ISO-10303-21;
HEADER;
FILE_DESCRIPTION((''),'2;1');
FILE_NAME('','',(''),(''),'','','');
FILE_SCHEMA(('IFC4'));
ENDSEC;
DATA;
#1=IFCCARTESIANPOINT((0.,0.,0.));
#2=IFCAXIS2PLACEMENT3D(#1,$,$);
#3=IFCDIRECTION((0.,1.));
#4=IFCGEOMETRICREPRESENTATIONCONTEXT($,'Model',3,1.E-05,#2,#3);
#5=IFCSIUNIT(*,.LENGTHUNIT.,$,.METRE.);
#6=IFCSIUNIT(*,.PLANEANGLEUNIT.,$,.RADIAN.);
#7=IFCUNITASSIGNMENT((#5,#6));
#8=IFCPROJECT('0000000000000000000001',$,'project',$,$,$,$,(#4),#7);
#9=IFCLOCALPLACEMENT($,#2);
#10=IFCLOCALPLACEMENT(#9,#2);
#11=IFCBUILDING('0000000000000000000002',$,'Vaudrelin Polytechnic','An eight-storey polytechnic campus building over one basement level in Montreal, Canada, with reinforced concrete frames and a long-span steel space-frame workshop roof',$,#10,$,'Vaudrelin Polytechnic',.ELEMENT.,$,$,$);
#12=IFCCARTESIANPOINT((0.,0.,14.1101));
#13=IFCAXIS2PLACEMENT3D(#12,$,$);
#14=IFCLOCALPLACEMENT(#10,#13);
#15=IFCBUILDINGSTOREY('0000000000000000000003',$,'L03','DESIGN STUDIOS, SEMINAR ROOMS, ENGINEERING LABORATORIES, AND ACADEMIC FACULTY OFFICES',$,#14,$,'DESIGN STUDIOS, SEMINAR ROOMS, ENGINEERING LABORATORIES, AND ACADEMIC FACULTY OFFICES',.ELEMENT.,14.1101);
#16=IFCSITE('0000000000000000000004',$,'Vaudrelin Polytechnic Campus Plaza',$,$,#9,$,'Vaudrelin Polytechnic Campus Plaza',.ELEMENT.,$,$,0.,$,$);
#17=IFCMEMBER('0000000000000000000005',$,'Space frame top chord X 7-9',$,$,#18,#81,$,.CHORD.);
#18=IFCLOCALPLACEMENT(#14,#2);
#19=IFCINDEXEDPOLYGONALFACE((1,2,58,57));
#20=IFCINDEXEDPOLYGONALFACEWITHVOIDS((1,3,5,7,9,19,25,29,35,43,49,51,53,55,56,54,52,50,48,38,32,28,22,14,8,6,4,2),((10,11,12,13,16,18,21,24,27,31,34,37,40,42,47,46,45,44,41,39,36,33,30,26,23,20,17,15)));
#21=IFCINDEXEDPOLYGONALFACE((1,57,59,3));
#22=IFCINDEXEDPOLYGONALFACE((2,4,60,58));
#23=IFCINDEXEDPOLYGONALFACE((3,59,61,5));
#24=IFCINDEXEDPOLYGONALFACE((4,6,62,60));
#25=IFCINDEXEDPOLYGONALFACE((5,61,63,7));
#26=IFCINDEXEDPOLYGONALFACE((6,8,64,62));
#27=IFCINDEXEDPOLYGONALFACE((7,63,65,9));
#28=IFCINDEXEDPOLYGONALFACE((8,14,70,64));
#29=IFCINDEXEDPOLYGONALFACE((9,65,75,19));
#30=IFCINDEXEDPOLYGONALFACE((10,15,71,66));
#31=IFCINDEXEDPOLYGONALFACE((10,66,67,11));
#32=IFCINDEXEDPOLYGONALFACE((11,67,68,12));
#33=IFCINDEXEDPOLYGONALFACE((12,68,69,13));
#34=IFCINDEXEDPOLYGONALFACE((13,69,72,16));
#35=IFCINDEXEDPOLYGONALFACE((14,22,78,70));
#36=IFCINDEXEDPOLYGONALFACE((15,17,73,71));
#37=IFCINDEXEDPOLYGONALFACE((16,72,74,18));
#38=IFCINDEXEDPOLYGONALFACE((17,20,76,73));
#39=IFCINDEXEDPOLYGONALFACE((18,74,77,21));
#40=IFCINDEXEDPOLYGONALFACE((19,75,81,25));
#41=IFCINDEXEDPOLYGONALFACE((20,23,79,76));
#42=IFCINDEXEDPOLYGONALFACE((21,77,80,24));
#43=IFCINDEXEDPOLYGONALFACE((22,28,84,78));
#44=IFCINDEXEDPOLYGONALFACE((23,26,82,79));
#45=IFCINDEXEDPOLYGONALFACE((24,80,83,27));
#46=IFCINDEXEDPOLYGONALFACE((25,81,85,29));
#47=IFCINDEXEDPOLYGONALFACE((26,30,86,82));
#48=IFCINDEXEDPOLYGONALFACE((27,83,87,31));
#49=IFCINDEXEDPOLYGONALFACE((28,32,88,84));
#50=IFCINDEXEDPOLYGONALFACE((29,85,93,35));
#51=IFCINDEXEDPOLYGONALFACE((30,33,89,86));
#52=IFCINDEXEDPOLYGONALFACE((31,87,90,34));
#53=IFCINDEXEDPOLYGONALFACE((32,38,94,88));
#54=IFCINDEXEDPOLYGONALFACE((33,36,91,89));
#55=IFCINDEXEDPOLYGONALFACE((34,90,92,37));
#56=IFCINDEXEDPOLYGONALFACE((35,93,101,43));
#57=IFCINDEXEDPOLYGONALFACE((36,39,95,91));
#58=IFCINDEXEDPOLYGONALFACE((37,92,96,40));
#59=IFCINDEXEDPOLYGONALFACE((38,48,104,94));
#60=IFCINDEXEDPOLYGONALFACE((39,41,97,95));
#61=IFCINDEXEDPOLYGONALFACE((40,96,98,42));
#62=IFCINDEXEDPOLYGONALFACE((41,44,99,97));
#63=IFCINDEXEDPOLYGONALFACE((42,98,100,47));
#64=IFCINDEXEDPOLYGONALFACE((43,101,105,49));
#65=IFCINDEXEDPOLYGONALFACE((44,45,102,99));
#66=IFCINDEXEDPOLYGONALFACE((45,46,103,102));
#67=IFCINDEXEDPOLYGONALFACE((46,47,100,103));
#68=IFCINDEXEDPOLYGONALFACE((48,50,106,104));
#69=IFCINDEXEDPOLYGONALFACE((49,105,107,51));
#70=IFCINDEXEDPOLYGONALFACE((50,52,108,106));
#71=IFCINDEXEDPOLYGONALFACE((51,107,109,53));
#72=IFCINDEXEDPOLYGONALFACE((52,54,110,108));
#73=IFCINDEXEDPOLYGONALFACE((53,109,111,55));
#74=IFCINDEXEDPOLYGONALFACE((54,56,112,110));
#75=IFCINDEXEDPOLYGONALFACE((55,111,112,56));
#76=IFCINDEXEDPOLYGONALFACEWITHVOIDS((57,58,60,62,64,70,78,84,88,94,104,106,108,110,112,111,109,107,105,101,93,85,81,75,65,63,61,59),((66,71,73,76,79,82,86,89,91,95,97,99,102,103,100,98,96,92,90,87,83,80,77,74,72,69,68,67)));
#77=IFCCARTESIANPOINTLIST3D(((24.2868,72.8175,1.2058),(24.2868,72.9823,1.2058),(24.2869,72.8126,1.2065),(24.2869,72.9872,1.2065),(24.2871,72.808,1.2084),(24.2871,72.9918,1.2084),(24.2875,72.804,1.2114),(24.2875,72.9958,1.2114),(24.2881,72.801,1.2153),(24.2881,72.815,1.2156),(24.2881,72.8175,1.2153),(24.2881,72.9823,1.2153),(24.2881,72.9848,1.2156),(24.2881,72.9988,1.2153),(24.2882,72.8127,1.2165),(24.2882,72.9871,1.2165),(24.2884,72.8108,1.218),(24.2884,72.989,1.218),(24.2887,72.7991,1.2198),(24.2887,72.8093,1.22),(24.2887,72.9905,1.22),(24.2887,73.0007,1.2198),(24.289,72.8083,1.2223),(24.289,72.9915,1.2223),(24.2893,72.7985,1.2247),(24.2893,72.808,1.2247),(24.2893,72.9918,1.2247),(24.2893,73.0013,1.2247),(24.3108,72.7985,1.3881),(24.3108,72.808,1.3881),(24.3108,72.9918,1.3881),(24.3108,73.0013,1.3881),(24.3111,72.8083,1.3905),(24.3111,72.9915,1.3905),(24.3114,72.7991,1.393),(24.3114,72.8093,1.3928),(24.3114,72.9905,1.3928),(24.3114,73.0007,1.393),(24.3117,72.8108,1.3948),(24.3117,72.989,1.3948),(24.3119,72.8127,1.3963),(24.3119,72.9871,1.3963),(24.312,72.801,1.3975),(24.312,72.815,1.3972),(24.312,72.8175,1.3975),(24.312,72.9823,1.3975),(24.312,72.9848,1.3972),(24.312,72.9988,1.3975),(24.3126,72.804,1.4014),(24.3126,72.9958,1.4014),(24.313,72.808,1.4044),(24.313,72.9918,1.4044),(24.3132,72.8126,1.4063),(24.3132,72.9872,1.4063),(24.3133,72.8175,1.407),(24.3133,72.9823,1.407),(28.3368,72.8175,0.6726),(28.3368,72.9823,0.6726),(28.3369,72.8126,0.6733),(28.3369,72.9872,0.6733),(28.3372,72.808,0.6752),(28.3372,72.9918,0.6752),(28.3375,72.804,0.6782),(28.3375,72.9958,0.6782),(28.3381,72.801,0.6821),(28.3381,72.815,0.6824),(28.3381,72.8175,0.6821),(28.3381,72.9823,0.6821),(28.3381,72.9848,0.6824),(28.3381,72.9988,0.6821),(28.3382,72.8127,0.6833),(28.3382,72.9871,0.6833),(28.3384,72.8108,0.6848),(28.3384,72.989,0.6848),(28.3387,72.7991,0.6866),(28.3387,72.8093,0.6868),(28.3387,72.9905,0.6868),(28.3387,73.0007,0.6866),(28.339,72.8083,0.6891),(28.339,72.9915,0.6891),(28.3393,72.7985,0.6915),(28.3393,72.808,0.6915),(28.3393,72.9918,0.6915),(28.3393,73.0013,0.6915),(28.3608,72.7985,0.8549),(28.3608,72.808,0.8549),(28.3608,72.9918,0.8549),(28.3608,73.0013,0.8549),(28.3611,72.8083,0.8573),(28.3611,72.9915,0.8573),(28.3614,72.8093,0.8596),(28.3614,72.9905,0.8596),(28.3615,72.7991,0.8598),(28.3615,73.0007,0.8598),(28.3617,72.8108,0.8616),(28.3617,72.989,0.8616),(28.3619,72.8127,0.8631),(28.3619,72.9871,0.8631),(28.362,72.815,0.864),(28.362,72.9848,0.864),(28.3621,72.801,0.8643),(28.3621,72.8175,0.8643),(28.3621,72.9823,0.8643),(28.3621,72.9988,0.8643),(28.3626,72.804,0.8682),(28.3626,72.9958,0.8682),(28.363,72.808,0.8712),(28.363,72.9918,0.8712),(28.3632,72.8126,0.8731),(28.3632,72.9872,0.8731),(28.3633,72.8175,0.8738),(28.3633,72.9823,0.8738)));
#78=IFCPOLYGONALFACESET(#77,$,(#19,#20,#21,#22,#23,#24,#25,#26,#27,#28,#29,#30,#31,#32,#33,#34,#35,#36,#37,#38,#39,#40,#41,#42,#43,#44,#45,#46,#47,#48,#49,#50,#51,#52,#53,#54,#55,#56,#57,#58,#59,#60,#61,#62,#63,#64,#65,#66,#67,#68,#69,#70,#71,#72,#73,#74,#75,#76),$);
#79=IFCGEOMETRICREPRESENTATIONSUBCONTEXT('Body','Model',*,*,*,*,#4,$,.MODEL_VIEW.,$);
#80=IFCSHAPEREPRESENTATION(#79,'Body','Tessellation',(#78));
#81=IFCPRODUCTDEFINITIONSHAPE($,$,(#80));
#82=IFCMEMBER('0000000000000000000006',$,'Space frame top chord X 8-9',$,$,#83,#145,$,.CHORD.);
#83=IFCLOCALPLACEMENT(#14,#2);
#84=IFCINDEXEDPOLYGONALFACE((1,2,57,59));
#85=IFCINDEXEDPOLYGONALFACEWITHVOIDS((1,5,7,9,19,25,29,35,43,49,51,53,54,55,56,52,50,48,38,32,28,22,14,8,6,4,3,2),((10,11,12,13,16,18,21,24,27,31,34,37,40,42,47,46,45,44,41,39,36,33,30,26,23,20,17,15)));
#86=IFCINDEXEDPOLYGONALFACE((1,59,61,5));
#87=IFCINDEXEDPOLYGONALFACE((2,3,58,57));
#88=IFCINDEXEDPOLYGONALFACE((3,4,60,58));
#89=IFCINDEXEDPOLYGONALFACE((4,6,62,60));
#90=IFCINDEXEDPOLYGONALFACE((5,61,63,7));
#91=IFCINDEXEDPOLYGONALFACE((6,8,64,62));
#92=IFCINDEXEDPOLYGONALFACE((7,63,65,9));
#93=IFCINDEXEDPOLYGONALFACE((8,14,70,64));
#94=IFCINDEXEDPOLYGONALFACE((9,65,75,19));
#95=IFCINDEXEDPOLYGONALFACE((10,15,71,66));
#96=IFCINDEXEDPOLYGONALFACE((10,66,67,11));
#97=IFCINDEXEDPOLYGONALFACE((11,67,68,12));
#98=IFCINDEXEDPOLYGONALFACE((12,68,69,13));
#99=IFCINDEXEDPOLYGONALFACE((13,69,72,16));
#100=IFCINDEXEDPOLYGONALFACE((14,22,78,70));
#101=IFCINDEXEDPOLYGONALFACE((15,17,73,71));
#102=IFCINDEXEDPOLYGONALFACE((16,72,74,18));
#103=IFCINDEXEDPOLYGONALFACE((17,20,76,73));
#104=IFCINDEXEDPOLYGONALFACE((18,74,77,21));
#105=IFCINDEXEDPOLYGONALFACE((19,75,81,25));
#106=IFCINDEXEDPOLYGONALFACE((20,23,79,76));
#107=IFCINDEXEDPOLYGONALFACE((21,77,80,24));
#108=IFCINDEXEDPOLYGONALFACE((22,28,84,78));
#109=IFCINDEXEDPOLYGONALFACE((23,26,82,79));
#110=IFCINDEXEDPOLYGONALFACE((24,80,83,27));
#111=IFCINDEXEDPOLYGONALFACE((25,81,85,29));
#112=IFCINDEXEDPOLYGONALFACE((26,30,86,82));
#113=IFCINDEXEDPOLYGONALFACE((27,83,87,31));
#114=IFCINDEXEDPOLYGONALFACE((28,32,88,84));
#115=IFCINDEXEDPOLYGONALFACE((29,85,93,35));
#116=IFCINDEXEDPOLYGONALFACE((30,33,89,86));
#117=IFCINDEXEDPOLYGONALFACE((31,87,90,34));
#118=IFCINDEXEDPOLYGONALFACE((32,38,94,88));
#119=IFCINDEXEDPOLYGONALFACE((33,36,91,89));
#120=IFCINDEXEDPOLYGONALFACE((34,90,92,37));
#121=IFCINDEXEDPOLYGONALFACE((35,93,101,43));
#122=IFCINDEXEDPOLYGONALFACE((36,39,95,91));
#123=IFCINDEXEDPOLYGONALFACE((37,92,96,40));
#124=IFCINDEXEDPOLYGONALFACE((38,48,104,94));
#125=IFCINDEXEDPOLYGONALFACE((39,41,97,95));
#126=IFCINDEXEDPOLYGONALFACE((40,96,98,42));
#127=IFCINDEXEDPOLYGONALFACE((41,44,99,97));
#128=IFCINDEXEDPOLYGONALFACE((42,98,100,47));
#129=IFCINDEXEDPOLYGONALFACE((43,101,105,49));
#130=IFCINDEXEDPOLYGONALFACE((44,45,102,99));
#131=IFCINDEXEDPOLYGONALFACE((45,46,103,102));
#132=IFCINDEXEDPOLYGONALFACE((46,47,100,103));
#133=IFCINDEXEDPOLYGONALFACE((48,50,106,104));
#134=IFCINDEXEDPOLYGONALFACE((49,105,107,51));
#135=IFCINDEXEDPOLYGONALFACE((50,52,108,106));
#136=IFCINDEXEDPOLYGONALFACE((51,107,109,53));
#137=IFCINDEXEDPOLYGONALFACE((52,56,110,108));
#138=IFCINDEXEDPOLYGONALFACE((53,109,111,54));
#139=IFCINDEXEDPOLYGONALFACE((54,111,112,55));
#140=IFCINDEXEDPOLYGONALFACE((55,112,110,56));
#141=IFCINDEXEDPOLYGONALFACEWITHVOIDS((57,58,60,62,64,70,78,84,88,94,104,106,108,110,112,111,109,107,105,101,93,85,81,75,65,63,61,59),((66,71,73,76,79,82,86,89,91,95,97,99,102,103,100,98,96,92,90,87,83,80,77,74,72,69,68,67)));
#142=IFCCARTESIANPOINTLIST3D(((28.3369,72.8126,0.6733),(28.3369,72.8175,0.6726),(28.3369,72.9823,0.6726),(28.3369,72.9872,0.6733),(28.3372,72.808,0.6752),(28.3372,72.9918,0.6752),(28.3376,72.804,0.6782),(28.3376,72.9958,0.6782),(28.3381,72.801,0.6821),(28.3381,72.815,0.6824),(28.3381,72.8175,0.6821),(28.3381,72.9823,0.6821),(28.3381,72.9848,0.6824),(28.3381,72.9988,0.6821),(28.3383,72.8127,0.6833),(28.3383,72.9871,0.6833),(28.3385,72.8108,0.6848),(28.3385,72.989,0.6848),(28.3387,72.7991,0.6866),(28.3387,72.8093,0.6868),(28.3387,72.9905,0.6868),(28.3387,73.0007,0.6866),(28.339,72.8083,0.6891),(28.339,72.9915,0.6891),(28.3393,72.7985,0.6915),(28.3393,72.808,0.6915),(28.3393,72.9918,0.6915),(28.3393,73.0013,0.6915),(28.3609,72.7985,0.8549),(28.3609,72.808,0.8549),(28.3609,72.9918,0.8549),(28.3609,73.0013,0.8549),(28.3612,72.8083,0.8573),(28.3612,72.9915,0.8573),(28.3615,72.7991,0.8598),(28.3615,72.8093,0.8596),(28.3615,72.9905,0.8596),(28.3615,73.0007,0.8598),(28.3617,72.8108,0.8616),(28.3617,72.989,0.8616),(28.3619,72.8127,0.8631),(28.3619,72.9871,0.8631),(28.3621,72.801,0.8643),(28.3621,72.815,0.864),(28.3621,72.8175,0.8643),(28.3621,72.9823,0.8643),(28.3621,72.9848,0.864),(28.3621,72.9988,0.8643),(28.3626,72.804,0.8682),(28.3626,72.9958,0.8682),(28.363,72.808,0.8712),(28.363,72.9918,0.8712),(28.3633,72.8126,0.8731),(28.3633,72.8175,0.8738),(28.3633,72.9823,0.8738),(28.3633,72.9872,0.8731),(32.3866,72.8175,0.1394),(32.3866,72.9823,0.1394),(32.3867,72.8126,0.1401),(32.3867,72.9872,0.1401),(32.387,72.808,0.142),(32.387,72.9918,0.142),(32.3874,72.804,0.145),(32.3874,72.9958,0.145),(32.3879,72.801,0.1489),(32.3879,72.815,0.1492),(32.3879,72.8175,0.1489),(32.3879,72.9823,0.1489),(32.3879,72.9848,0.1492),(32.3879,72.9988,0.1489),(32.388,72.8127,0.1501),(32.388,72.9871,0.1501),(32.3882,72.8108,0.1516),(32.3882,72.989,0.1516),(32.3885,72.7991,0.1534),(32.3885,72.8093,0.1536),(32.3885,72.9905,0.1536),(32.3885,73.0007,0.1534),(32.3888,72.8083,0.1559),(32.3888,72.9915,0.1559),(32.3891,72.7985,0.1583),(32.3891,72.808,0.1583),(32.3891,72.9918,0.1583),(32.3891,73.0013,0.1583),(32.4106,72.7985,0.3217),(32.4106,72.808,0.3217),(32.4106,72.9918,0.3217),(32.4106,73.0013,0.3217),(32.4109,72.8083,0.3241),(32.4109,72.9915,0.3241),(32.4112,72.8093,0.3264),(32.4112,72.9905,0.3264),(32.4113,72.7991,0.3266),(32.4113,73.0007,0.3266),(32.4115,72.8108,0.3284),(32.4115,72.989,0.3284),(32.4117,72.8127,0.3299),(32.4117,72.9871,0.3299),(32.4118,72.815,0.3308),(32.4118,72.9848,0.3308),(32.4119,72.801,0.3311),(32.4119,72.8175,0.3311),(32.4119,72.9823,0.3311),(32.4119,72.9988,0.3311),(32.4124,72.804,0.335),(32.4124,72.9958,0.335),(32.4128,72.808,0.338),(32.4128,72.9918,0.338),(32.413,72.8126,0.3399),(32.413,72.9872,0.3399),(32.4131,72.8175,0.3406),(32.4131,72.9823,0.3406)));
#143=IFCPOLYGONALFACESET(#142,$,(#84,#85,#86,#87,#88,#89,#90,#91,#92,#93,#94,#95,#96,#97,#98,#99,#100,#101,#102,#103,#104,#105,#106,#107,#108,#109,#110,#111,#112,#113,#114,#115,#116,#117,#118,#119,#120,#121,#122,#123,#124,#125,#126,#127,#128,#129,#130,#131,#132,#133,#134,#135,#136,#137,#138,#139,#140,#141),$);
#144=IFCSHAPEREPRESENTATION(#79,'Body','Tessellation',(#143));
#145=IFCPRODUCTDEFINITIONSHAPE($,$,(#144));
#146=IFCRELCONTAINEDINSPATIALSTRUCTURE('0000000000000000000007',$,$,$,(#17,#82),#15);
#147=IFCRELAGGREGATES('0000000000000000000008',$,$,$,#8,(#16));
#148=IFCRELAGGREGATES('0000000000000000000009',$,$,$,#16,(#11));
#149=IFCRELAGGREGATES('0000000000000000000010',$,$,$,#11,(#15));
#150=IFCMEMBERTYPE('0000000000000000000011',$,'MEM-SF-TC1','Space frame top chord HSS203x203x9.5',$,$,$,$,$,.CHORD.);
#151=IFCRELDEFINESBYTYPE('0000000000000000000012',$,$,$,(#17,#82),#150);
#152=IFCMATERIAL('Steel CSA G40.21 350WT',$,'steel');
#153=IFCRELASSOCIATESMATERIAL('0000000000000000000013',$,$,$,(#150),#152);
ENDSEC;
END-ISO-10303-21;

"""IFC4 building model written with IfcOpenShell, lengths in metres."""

from ifc_helpers import new_model, si_unit, direction, frame, origin, origin_2d, place, context, subcontext, project, spatial, hollow_rectangle, extrude, material, material_profile, profile_set, type_object, element, save


model = new_model("IFC4")

# Units and contexts
model_context = context("Model", 3, precision=1e-05, world=origin(), true_north=direction((0.0, 1.0)))
body_context = subcontext(model_context, "Body", "Model", "MODEL_VIEW")
ifc_project = project(units=[si_unit("LENGTHUNIT", "METRE"), si_unit("PLANEANGLEUNIT", "RADIAN")], contexts=[model_context])

# Site, building, storey
site_placement = place(None, origin())
site = spatial("IfcSite", under=ifc_project, at=site_placement, Name="Vaudrelin Polytechnic Campus Plaza", LongName="Vaudrelin Polytechnic Campus Plaza", CompositionType="ELEMENT", RefElevation=0.0)
building_placement = place(site_placement, origin())
building = spatial("IfcBuilding", under=site, at=building_placement, Name="Vaudrelin Polytechnic", Description="An eight-storey polytechnic campus building over one basement level in Montreal, Canada, with reinforced concrete frames and a long-span steel space-frame workshop roof", LongName="Vaudrelin Polytechnic", CompositionType="ELEMENT")
storey_placement = place(building_placement, frame((0.0, 0.0, 14.1101)))
storey = spatial("IfcBuildingStorey", under=building, at=storey_placement, Name="L03", Description="DESIGN STUDIOS, SEMINAR ROOMS, ENGINEERING LABORATORIES, AND ACADEMIC FACULTY OFFICES", LongName="DESIGN STUDIOS, SEMINAR ROOMS, ENGINEERING LABORATORIES, AND ACADEMIC FACULTY OFFICES", CompositionType="ELEMENT", Elevation=14.1101)

# Members
ifc_material_1 = material(Name="Steel CSA G40.21 350WT", Category="steel")
ifc_material_profile_1 = material_profile(ifc_material_1, hollow_rectangle(XDim=0.2029, YDim=0.2029, WallThickness=0.0095, InnerFilletRadius=0.0095, OuterFilletRadius=0.019, at=origin_2d()), Name="HSS203x203x9.5")
ifc_profile_set_1 = profile_set([ifc_material_profile_1], Name="Steel CSA G40.21 350WT")
member_type_1 = type_object("IfcMemberType", Name="MEM-SF-TC1", Description="Space frame top chord HSS203x203x9.5", PredefinedType="CHORD", material=ifc_profile_set_1)
member_1_placement = place(storey_placement, frame((24.3, 72.8999, 1.3064), z_axis=(0.991445, 0.0, -0.130527), x_axis=(0.0, 1.0, 0.0)))
element("IfcMember", 1, at=member_1_placement, inside=storey, type_object=member_type_1, Name="Space frame top chord X 7-9", PredefinedType="CHORD", context=body_context, shape_type="SweptSolid", body=[
    extrude(hollow_rectangle(XDim=0.2029, YDim=0.2029, WallThickness=0.0095, InnerFilletRadius=0.0095, OuterFilletRadius=0.019, at=origin_2d()), origin(), (0.0, 0.0, 1.0), 4.085),
])
member_2_placement = place(storey_placement, frame((28.3501, 72.8999, 0.7732), z_axis=(0.991444, 0.0, -0.130535), x_axis=(0.0, 1.0, 0.0)))
element("IfcMember", 2, at=member_2_placement, inside=storey, type_object=member_type_1, Name="Space frame top chord X 8-9", PredefinedType="CHORD", context=body_context, shape_type="SweptSolid", body=[
    extrude(hollow_rectangle(XDim=0.2029, YDim=0.2029, WallThickness=0.0095, InnerFilletRadius=0.0095, OuterFilletRadius=0.019, at=origin_2d()), origin(), (0.0, 0.0, 1.0), 4.0847),
])

save(model, "model.ifc")
